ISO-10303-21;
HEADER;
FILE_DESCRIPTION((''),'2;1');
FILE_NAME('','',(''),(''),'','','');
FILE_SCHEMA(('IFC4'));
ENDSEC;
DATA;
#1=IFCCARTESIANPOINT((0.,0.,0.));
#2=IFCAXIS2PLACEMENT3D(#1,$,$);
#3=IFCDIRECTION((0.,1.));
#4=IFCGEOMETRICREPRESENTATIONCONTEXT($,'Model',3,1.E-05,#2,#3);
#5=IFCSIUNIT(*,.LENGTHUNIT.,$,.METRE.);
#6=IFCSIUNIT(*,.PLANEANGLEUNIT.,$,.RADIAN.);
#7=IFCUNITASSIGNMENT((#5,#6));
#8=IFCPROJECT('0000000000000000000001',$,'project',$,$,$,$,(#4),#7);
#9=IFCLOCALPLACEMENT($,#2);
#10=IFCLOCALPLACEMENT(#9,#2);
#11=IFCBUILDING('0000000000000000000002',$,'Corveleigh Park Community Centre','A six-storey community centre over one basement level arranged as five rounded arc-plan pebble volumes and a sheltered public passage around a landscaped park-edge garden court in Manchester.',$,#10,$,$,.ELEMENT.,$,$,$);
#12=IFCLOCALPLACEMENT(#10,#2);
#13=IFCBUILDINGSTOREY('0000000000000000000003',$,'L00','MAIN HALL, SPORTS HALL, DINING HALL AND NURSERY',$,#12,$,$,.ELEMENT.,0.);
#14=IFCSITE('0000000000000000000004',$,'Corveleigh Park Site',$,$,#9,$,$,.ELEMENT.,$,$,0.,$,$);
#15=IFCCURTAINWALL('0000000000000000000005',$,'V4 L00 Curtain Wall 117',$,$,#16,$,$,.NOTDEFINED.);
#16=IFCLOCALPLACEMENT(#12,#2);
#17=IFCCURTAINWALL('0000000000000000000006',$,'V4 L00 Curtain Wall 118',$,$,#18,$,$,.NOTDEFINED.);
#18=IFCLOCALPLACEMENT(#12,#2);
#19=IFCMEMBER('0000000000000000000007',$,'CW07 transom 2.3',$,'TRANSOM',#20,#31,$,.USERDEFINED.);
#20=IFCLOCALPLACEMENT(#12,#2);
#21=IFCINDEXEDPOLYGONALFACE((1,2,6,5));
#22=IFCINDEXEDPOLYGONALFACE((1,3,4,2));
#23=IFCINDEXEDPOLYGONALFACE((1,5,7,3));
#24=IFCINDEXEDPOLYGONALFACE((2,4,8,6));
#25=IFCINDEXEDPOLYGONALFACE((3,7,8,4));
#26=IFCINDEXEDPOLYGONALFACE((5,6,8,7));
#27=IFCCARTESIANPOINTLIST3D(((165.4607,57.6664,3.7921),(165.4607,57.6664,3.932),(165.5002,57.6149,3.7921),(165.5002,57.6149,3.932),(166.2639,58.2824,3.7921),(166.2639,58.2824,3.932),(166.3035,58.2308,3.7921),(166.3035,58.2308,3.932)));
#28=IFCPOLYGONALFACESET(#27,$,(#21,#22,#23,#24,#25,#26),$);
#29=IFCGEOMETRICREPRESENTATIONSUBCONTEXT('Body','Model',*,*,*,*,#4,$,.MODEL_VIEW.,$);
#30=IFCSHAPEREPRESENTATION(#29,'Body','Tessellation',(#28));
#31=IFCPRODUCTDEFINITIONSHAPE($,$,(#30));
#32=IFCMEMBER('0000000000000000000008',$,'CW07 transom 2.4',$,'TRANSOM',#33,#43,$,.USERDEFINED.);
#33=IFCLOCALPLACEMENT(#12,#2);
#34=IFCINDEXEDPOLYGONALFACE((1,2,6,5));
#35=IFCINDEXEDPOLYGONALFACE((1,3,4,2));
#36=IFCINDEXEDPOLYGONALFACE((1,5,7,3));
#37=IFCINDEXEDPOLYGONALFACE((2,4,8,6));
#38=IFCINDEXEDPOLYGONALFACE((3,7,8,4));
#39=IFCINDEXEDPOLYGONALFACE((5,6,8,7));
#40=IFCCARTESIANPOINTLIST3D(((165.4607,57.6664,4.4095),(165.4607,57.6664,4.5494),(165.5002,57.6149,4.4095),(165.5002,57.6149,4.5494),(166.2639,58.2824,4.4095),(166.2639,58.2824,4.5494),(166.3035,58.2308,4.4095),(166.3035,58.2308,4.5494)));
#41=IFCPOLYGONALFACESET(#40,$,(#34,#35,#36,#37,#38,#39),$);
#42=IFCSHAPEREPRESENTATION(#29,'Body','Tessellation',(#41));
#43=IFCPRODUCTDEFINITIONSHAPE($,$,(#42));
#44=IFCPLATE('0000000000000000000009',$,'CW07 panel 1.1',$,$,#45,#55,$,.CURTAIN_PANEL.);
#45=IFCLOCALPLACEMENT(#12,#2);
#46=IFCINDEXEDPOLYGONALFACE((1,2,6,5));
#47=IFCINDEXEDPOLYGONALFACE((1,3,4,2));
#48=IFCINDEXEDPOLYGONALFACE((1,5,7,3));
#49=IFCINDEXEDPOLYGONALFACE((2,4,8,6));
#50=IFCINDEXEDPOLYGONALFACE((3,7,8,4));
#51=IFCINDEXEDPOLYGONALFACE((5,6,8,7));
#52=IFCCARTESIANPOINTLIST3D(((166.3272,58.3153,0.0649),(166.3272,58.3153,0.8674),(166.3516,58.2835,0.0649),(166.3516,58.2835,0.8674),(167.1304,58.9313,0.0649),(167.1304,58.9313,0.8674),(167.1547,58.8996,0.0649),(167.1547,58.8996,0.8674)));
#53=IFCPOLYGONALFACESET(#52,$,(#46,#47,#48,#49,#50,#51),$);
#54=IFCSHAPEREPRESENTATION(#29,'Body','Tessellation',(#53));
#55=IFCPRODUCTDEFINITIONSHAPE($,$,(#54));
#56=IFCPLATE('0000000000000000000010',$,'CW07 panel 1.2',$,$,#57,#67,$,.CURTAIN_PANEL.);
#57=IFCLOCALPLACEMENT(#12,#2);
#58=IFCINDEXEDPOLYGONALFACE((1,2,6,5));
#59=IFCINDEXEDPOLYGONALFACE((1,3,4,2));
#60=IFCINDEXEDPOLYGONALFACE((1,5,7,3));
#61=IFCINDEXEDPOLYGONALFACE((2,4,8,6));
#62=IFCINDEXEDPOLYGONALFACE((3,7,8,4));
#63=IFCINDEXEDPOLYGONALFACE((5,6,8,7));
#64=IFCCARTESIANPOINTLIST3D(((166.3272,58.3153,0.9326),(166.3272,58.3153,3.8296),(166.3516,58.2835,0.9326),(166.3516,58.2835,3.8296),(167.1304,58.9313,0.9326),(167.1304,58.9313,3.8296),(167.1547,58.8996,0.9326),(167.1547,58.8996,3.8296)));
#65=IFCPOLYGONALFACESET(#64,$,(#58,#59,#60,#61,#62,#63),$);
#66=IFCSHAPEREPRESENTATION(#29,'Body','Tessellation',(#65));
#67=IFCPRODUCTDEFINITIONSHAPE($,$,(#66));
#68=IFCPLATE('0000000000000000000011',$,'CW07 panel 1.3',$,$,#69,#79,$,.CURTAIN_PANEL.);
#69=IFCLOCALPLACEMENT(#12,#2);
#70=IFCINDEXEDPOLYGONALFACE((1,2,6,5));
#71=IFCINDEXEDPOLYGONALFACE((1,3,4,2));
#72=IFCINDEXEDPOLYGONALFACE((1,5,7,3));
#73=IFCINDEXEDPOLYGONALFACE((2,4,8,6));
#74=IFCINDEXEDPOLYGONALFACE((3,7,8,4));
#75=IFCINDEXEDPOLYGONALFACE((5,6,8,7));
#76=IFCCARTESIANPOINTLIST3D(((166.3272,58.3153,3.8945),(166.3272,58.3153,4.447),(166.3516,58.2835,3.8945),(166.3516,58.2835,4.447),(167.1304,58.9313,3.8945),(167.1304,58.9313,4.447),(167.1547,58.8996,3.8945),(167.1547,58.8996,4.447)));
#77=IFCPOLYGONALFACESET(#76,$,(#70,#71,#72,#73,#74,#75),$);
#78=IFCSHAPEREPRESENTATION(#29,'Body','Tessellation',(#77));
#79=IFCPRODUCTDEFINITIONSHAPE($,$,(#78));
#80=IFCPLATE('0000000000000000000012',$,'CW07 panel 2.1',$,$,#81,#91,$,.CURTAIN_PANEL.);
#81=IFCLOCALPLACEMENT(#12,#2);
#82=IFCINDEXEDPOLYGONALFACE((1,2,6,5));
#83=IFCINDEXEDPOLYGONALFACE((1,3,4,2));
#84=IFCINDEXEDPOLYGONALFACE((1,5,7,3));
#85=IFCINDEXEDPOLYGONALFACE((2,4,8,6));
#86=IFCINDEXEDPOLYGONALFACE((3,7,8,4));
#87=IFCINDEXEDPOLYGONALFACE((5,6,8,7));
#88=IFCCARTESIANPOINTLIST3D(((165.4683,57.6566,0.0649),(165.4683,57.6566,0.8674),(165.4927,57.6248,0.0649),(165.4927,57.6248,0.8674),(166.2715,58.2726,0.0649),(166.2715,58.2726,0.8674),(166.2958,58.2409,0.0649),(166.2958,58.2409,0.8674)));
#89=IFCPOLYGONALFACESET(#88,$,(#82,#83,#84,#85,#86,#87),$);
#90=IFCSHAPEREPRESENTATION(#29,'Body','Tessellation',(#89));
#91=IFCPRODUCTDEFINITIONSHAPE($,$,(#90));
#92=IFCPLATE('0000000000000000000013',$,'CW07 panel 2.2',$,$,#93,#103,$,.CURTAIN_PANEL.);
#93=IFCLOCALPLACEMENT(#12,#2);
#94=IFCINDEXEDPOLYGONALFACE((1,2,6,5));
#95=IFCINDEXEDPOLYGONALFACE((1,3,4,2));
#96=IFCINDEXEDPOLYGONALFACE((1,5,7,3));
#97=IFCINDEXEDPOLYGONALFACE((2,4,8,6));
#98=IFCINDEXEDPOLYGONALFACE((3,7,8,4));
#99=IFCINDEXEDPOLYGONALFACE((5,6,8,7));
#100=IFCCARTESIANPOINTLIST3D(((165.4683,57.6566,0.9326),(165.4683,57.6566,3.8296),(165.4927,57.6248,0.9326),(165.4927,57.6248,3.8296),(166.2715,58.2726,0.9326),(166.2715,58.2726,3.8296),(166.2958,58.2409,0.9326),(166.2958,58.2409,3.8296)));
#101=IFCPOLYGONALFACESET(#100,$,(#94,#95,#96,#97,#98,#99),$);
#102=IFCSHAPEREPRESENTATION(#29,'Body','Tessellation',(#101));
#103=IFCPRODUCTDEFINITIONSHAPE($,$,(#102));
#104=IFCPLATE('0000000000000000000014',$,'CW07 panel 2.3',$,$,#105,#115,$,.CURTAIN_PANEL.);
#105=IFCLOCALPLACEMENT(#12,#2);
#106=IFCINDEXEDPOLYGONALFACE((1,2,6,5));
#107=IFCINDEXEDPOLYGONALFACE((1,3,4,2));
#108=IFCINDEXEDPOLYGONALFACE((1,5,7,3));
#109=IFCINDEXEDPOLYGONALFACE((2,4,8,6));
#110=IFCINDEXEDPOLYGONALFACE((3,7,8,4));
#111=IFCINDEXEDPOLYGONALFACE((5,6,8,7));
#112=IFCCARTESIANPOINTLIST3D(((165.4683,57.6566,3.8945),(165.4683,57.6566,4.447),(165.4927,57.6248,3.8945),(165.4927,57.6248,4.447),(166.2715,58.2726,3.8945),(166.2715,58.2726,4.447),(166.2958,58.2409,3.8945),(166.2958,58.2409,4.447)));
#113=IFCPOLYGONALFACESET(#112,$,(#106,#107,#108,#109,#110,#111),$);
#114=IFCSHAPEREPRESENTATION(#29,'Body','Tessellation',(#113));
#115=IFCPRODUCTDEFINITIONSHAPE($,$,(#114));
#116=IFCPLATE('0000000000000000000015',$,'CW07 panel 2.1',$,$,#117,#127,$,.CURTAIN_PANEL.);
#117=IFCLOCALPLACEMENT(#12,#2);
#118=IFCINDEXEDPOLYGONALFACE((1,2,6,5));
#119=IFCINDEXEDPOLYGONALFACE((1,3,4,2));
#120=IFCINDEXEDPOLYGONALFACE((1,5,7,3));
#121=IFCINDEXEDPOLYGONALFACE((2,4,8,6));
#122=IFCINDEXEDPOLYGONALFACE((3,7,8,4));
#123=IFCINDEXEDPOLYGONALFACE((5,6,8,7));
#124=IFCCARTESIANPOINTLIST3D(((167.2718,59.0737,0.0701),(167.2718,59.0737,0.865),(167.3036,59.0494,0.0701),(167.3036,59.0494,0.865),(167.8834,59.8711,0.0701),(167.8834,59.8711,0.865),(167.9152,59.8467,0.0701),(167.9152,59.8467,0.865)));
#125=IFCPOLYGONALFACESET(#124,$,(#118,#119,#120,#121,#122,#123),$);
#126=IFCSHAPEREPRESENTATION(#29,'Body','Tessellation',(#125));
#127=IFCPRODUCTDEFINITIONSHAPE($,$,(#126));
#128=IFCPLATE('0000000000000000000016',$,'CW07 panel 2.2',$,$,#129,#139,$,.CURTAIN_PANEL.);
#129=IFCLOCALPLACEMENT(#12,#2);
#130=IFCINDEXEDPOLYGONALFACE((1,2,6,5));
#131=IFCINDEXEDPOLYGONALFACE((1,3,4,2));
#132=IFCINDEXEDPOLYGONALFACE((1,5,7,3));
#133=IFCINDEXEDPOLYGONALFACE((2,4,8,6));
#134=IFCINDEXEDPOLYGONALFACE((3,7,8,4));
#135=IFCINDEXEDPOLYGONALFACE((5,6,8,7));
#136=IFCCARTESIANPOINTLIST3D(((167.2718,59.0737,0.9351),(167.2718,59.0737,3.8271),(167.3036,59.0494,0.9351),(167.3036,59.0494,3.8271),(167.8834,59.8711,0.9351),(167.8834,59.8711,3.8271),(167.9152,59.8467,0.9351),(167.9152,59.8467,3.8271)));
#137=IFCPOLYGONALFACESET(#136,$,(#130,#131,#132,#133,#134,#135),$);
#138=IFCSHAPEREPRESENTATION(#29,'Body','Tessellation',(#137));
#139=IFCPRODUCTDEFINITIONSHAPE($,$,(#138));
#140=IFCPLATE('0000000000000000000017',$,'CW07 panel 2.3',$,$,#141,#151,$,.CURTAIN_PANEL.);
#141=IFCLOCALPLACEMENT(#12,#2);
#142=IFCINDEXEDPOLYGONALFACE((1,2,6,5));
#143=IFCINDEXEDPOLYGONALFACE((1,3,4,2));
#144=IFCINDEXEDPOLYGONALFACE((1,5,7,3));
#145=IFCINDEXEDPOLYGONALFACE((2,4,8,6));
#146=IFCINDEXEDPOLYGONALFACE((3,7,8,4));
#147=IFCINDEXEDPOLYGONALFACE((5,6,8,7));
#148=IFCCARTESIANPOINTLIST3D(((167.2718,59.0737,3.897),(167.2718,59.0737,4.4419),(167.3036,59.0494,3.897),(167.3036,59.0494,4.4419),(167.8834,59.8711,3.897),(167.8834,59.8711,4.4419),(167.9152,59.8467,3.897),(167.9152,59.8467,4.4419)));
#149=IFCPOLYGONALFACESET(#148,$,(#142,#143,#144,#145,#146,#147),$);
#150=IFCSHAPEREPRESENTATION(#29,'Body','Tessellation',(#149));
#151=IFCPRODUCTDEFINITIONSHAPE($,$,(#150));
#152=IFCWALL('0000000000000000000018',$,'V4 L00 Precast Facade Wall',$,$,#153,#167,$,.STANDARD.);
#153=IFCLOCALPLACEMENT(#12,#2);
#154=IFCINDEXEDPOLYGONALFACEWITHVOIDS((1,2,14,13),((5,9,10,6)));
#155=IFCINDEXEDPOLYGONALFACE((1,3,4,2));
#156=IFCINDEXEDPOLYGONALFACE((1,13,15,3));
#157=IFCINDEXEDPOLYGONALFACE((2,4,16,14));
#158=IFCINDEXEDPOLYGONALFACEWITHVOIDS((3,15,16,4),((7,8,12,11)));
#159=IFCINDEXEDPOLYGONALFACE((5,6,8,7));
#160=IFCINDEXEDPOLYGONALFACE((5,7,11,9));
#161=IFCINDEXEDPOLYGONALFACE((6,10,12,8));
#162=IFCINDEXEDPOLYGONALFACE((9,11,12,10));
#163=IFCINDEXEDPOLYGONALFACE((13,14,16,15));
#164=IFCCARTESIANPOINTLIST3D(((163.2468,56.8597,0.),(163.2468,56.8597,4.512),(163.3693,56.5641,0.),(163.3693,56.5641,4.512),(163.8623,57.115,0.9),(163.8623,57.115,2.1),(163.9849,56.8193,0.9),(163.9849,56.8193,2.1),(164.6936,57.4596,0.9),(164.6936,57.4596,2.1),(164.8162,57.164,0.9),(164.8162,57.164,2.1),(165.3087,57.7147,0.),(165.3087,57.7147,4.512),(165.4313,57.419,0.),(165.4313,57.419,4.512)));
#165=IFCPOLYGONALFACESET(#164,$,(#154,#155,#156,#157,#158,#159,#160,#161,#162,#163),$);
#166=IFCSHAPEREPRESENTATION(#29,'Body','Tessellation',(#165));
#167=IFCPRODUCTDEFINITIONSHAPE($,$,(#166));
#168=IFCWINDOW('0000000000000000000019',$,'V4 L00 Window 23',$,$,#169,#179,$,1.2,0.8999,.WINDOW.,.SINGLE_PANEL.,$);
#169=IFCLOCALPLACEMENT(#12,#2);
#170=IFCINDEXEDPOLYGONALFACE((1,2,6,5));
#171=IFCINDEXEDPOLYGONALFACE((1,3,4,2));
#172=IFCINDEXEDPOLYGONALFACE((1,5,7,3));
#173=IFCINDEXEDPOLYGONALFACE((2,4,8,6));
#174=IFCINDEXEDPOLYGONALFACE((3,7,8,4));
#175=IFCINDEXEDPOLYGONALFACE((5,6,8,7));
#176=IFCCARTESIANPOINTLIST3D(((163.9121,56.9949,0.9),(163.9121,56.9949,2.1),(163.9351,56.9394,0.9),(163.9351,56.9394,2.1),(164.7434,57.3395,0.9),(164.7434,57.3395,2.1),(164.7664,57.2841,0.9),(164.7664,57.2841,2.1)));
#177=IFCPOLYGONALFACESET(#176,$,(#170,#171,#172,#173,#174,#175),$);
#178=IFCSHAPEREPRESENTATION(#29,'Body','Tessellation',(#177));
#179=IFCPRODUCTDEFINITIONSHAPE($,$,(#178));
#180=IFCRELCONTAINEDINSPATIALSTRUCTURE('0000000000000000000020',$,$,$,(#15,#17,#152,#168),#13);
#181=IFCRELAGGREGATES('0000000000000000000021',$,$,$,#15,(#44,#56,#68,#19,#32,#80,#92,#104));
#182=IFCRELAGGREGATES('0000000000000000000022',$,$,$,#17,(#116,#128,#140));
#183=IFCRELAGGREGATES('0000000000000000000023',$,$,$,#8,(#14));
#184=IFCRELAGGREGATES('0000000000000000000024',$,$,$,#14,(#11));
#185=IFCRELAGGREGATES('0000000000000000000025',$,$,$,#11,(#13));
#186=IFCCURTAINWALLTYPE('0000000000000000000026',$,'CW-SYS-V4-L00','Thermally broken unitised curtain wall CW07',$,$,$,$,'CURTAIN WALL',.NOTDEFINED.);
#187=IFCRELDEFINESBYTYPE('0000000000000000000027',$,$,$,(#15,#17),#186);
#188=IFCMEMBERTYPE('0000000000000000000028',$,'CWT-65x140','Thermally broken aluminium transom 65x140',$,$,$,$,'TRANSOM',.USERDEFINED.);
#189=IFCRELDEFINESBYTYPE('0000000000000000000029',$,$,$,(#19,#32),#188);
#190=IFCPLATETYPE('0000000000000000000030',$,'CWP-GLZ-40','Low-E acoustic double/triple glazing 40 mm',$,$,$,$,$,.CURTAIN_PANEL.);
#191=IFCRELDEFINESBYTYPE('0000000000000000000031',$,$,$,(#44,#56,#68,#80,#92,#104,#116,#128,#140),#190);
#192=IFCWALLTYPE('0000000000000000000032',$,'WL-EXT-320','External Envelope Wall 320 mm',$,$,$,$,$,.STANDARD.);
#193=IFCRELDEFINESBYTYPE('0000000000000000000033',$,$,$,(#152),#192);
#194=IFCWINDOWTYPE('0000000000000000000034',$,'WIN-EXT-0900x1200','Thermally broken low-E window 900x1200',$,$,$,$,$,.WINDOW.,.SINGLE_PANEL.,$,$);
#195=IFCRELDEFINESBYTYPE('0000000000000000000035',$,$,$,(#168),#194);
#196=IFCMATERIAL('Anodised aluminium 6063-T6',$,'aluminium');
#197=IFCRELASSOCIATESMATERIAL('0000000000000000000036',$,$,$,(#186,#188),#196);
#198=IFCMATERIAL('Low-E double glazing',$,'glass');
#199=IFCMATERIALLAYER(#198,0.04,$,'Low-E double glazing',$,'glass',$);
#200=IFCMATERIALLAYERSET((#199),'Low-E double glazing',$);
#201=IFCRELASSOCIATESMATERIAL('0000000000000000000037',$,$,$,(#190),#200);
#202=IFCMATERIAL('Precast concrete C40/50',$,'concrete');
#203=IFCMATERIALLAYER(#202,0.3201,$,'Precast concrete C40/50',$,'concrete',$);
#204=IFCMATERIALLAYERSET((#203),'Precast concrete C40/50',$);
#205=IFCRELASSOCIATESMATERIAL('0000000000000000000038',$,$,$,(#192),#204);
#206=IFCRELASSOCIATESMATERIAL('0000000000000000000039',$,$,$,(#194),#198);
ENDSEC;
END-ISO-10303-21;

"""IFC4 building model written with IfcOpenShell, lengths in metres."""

from ifc_helpers import new_model, si_unit, direction, frame, frame_2d, origin, origin_2d, place, context, subcontext, project, spatial, rectangle, extrude, material, layer, layer_set, material_profile, profile_set, type_object, element, fill, aggregate, save


model = new_model("IFC4")

# Units and contexts
model_context = context("Model", 3, precision=1e-05, world=origin(), true_north=direction((0.0, 1.0)))
body_context = subcontext(model_context, "Body", "Model", "MODEL_VIEW")
ifc_project = project(units=[si_unit("LENGTHUNIT", "METRE"), si_unit("PLANEANGLEUNIT", "RADIAN")], contexts=[model_context])

# Site, building, storey
site_placement = place(None, origin())
site = spatial("IfcSite", under=ifc_project, at=site_placement, Name="Corveleigh Park Site", CompositionType="ELEMENT", RefElevation=0.0)
building_placement = place(site_placement, origin())
building = spatial("IfcBuilding", under=site, at=building_placement, Name="Corveleigh Park Community Centre", Description="A six-storey community centre over one basement level arranged as five rounded arc-plan pebble volumes and a sheltered public passage around a landscaped park-edge garden court in Manchester.", CompositionType="ELEMENT")
storey_placement = place(building_placement, origin())
storey = spatial("IfcBuildingStorey", under=building, at=storey_placement, Name="L00", Description="MAIN HALL, SPORTS HALL, DINING HALL AND NURSERY", CompositionType="ELEMENT", Elevation=0.0)

# Shared definitions
ifc_material_1 = material(Name="Anodised aluminium 6063-T6", Category="aluminium")
curtain_wall_type = type_object("IfcCurtainWallType", Name="CW-SYS-V4-L00", Description="Thermally broken unitised curtain wall CW07", ElementType="CURTAIN WALL", PredefinedType="NOTDEFINED", material=ifc_material_1)

# Curtain wall
curtain_wall_1_placement = place(storey_placement, origin())
curtain_wall_1 = element("IfcCurtainWall", 1, at=curtain_wall_1_placement, inside=storey, type_object=curtain_wall_type, Name="V4 L00 Curtain Wall 117", PredefinedType="NOTDEFINED")

# Curtain wall
curtain_wall_2_placement = place(storey_placement, origin())
curtain_wall_2 = element("IfcCurtainWall", 2, at=curtain_wall_2_placement, inside=storey, type_object=curtain_wall_type, Name="V4 L00 Curtain Wall 118", PredefinedType="NOTDEFINED")

# Members
ifc_material_profile_1 = material_profile(ifc_material_1, rectangle(XDim=0.0649, YDim=0.1399, at=origin_2d()), Name="ALU-T65x140", Category="aluminium")
ifc_profile_set_1 = profile_set([ifc_material_profile_1], Name="Anodised aluminium 6063-T6")
member_type_1 = type_object("IfcMemberType", Name="CWT-65x140", Description="Thermally broken aluminium transom 65x140", ElementType="TRANSOM", PredefinedType="USERDEFINED", material=ifc_profile_set_1)
member_1_placement = place(storey_placement, frame((166.2837, 58.2566, 3.8621), z_axis=(-0.793529, -0.608533, 0.0), x_axis=(0.608533, -0.793529, 0.0)))
member_1 = element("IfcMember", 3, at=member_1_placement, type_object=member_type_1, Name="CW07 transom 2.3", ObjectType="TRANSOM", PredefinedType="USERDEFINED", context=body_context, shape_type="SweptSolid", body=[
    extrude(rectangle(XDim=0.0649, YDim=0.1399, at=origin_2d()), origin(), (0.0, 0.0, 1.0), 1.0122),
])
member_2_placement = place(storey_placement, frame((166.2837, 58.2566, 4.4795), z_axis=(-0.793529, -0.608533, 0.0), x_axis=(0.608533, -0.793529, 0.0)))
member_2 = element("IfcMember", 4, at=member_2_placement, type_object=member_type_1, Name="CW07 transom 2.4", ObjectType="TRANSOM", PredefinedType="USERDEFINED", context=body_context, shape_type="SweptSolid", body=[
    extrude(rectangle(XDim=0.0649, YDim=0.1399, at=origin_2d()), origin(), (0.0, 0.0, 1.0), 1.0122),
])

# Plates
ifc_material_2 = material(Name="Low-E double glazing", Category="glass")
ifc_layer_1 = layer(ifc_material_2, 0.04, Name="Low-E double glazing", Category="glass")
ifc_layer_set_1 = layer_set([ifc_layer_1], Name="Low-E double glazing")
plate_type = type_object("IfcPlateType", Name="CWP-GLZ-40", Description="Low-E acoustic double/triple glazing 40 mm", PredefinedType="CURTAIN_PANEL", material=ifc_layer_set_1)
plate_1_placement = place(storey_placement, frame((166.741, 58.6074, 0.0649), z_axis=(0.0, 0.0, 1.0), x_axis=(-0.793455, -0.608629, 0.0)))
plate_1 = element("IfcPlate", 5, at=plate_1_placement, type_object=plate_type, Name="CW07 panel 1.1", PredefinedType="CURTAIN_PANEL", context=body_context, shape_type="SweptSolid", body=[
    extrude(rectangle(XDim=1.0122, YDim=0.04, at=origin_2d()), origin(), (0.0, 0.0, 1.0), 0.8025),
])
plate_2_placement = place(storey_placement, frame((166.741, 58.6074, 0.9326), z_axis=(0.0, 0.0, 1.0), x_axis=(-0.793455, -0.608629, 0.0)))
plate_2 = element("IfcPlate", 6, at=plate_2_placement, type_object=plate_type, Name="CW07 panel 1.2", PredefinedType="CURTAIN_PANEL", context=body_context, shape_type="SweptSolid", body=[
    extrude(rectangle(XDim=1.0122, YDim=0.04, at=origin_2d()), origin(), (0.0, 0.0, 1.0), 2.897),
])
plate_3_placement = place(storey_placement, frame((166.741, 58.6074, 3.8945), z_axis=(0.0, 0.0, 1.0), x_axis=(-0.793455, -0.608629, 0.0)))
plate_3 = element("IfcPlate", 7, at=plate_3_placement, type_object=plate_type, Name="CW07 panel 1.3", PredefinedType="CURTAIN_PANEL", context=body_context, shape_type="SweptSolid", body=[
    extrude(rectangle(XDim=1.0122, YDim=0.04, at=origin_2d()), origin(), (0.0, 0.0, 1.0), 0.5525),
])
plate_4_placement = place(storey_placement, frame((165.8821, 57.9487, 0.0649), z_axis=(0.0, 0.0, 1.0), x_axis=(-0.793455, -0.608629, 0.0)))
plate_4 = element("IfcPlate", 8, at=plate_4_placement, type_object=plate_type, Name="CW07 panel 2.1", PredefinedType="CURTAIN_PANEL", context=body_context, shape_type="SweptSolid", body=[
    extrude(rectangle(XDim=1.0122, YDim=0.04, at=origin_2d()), origin(), (0.0, 0.0, 1.0), 0.8025),
])
plate_5_placement = place(storey_placement, frame((165.8821, 57.9487, 0.9326), z_axis=(0.0, 0.0, 1.0), x_axis=(-0.793455, -0.608629, 0.0)))
plate_5 = element("IfcPlate", 9, at=plate_5_placement, type_object=plate_type, Name="CW07 panel 2.2", PredefinedType="CURTAIN_PANEL", context=body_context, shape_type="SweptSolid", body=[
    extrude(rectangle(XDim=1.0122, YDim=0.04, at=origin_2d()), origin(), (0.0, 0.0, 1.0), 2.897),
])
plate_6_placement = place(storey_placement, frame((165.8821, 57.9487, 3.8945), z_axis=(0.0, 0.0, 1.0), x_axis=(-0.793455, -0.608629, 0.0)))
plate_6 = element("IfcPlate", 10, at=plate_6_placement, type_object=plate_type, Name="CW07 panel 2.3", PredefinedType="CURTAIN_PANEL", context=body_context, shape_type="SweptSolid", body=[
    extrude(rectangle(XDim=1.0122, YDim=0.04, at=origin_2d()), origin(), (0.0, 0.0, 1.0), 0.5525),
])
aggregate(curtain_wall_1, [plate_1, plate_2, plate_3, member_1, member_2, plate_4, plate_5, plate_6])
plate_7_placement = place(storey_placement, frame((167.5935, 59.4602, 0.0701), z_axis=(0.0, 0.0, 1.0), x_axis=(-0.608629, -0.793455, 0.0)))
plate_7 = element("IfcPlate", 11, at=plate_7_placement, type_object=plate_type, Name="CW07 panel 2.1", PredefinedType="CURTAIN_PANEL", context=body_context, shape_type="SweptSolid", body=[
    extrude(rectangle(XDim=1.0049, YDim=0.04, at=origin_2d()), origin(), (0.0, 0.0, 1.0), 0.7949),
])
plate_8_placement = place(storey_placement, frame((167.5935, 59.4602, 0.9351), z_axis=(0.0, 0.0, 1.0), x_axis=(-0.608629, -0.793455, 0.0)))
plate_8 = element("IfcPlate", 12, at=plate_8_placement, type_object=plate_type, Name="CW07 panel 2.2", PredefinedType="CURTAIN_PANEL", context=body_context, shape_type="SweptSolid", body=[
    extrude(rectangle(XDim=1.0049, YDim=0.04, at=origin_2d()), origin(), (0.0, 0.0, 1.0), 2.8921),
])
plate_9_placement = place(storey_placement, frame((167.5935, 59.4602, 3.897), z_axis=(0.0, 0.0, 1.0), x_axis=(-0.608629, -0.793455, 0.0)))
plate_9 = element("IfcPlate", 13, at=plate_9_placement, type_object=plate_type, Name="CW07 panel 2.3", PredefinedType="CURTAIN_PANEL", context=body_context, shape_type="SweptSolid", body=[
    extrude(rectangle(XDim=1.0049, YDim=0.04, at=origin_2d()), origin(), (0.0, 0.0, 1.0), 0.5449),
])
aggregate(curtain_wall_2, [plate_7, plate_8, plate_9])

# Wall, opening, window
ifc_material_3 = material(Name="Precast concrete C40/50", Category="concrete")
ifc_layer_2 = layer(ifc_material_3, 0.3201, Name="Precast concrete C40/50", Category="concrete")
ifc_layer_set_2 = layer_set([ifc_layer_2], Name="Precast concrete C40/50")
wall_type_1 = type_object("IfcWallType", Name="WL-EXT-320", Description="External Envelope Wall 320 mm", PredefinedType="STANDARD", material=ifc_layer_set_2)
wall_1_placement = place(storey_placement, frame((165.3701, 57.5669, 0.0), z_axis=(0.0, 0.0, 1.0), x_axis=(-0.923742, -0.383015, 0.0)))
wall_1 = element("IfcWall", 14, at=wall_1_placement, inside=storey, type_object=wall_type_1, Name="V4 L00 Precast Facade Wall", PredefinedType="STANDARD", context=body_context, shape_type="SweptSolid", body=[
    extrude(rectangle(XDim=2.2322, YDim=0.3201, at=frame_2d((1.1162, 0.0))), origin(), (0.0, 0.0, 1.0), 4.512),
])
opening_placement = place(wall_1_placement, frame((0.666, 0.0, 0.8999)))
opening = element("IfcOpeningElement", 15, at=opening_placement, cuts=wall_1, PredefinedType="OPENING", context=body_context, shape_type="SweptSolid", body=[
    extrude(rectangle(XDim=0.8999, YDim=1.2, at=frame_2d((0.45, 0.6001))), frame((0.0, 0.1699, 0.0), z_axis=(0.0, -1.0, 0.0), x_axis=(1.0, 0.0, 0.0)), (0.0, 0.0, 1.0), 0.3401),
])
window_type = type_object("IfcWindowType", Name="WIN-EXT-0900x1200", Description="Thermally broken low-E window 900x1200", PartitioningType="SINGLE_PANEL", PredefinedType="WINDOW", material=ifc_material_2)
window_placement = place(opening_placement, origin())
window = element("IfcWindow", 16, at=window_placement, inside=storey, type_object=window_type, Name="V4 L00 Window 23", OverallHeight=1.2, OverallWidth=0.8999, PartitioningType="SINGLE_PANEL", PredefinedType="WINDOW", context=body_context, shape_type="SweptSolid", body=[
    extrude(rectangle(XDim=0.8999, YDim=1.2, at=frame_2d((0.45, 0.6001))), frame((0.0, 0.03, 0.0), z_axis=(0.0, -1.0, 0.0), x_axis=(1.0, 0.0, 0.0)), (0.0, 0.0, 1.0), 0.0601),
])
fill(opening, window)

save(model, "model.ifc")
